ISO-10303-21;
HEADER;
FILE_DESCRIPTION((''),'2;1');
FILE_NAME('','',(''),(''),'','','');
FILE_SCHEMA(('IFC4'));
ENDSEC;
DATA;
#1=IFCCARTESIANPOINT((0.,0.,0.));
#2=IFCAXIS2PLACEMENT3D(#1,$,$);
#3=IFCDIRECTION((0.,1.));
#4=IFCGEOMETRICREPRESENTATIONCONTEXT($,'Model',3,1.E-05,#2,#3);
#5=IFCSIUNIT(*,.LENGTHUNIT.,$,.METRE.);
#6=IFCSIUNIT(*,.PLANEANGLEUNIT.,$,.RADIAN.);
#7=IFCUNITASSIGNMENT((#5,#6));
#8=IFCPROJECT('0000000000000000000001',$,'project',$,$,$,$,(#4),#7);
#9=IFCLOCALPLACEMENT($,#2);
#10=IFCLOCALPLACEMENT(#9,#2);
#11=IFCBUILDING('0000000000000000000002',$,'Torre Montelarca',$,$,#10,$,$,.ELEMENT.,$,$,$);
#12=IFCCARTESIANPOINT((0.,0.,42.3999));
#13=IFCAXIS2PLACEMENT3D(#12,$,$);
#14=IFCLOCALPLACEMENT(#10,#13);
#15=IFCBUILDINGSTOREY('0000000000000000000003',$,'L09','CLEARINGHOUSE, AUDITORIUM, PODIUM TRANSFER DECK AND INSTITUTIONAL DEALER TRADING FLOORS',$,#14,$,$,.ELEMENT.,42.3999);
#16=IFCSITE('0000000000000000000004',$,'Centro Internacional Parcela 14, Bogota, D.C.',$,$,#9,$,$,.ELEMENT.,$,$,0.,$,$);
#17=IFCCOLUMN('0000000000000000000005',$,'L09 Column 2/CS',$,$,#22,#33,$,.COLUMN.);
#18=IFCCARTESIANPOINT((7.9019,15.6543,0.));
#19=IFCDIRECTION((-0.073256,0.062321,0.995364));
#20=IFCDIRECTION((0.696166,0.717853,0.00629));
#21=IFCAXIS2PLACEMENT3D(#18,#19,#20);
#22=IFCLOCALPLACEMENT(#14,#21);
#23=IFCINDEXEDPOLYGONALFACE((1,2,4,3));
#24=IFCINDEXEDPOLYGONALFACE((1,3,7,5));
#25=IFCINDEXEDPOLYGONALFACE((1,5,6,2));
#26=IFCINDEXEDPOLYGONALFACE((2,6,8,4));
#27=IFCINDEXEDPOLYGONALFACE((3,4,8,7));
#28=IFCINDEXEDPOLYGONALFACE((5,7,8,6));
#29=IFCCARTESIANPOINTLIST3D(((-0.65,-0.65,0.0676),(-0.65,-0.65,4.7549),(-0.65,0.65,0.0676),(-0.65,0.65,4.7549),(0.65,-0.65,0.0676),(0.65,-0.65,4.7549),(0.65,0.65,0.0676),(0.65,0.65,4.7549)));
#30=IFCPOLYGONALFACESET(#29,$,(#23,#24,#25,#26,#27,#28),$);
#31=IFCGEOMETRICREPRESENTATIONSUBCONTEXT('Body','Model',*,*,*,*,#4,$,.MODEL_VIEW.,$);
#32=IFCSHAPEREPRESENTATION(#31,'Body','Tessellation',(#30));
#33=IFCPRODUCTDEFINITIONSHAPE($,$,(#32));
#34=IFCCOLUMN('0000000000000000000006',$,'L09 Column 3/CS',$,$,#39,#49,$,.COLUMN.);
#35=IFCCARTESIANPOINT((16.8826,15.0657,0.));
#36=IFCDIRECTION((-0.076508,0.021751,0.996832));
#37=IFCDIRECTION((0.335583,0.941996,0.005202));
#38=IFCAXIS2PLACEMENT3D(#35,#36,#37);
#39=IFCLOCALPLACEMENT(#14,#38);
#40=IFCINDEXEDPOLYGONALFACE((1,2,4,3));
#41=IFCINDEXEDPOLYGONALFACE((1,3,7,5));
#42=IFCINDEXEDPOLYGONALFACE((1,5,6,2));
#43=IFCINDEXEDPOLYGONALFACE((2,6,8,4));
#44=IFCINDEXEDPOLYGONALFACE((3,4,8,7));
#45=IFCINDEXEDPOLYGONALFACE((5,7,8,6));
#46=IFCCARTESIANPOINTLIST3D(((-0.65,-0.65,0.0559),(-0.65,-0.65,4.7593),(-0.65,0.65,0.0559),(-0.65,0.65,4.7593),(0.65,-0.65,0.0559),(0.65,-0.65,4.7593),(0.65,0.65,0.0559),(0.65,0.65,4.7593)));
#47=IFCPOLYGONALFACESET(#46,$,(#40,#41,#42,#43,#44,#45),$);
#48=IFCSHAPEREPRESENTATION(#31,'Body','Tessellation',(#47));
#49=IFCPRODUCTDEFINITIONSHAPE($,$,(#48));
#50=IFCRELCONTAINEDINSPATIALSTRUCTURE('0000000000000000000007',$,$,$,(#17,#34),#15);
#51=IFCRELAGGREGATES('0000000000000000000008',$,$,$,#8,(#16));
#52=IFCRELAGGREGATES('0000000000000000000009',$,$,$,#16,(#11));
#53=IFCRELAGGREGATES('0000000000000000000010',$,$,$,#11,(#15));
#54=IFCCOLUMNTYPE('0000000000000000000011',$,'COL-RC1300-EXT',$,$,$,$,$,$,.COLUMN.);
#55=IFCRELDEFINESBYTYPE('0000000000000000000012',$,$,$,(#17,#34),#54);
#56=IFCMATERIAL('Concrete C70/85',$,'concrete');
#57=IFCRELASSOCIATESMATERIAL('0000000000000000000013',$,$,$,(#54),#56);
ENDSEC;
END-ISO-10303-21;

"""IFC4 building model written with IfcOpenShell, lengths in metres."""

from ifc_helpers import new_model, si_unit, direction, frame, origin, origin_2d, place, context, subcontext, project, spatial, rectangle, extrude, clip, halfspace, material, material_profile, profile_set, type_object, element, save


model = new_model("IFC4")

# Units and contexts
model_context = context("Model", 3, precision=1e-05, world=origin(), true_north=direction((0.0, 1.0)))
body_context = subcontext(model_context, "Body", "Model", "MODEL_VIEW")
ifc_project = project(units=[si_unit("LENGTHUNIT", "METRE"), si_unit("PLANEANGLEUNIT", "RADIAN")], contexts=[model_context])

# Site, building, storey
site_placement = place(None, origin())
site = spatial("IfcSite", under=ifc_project, at=site_placement, Name="Centro Internacional Parcela 14, Bogota, D.C.", CompositionType="ELEMENT", RefElevation=0.0)
building_placement = place(site_placement, origin())
building = spatial("IfcBuilding", under=site, at=building_placement, Name="Torre Montelarca", CompositionType="ELEMENT")
storey_placement = place(building_placement, frame((0.0, 0.0, 42.3999)))
storey = spatial("IfcBuildingStorey", under=building, at=storey_placement, Name="L09", Description="CLEARINGHOUSE, AUDITORIUM, PODIUM TRANSFER DECK AND INSTITUTIONAL DEALER TRADING FLOORS", CompositionType="ELEMENT", Elevation=42.3999)

# Columns
ifc_material_1 = material(Name="Concrete C70/85", Category="concrete")
ifc_material_profile_1 = material_profile(ifc_material_1, rectangle(XDim=1.3, YDim=1.3, at=origin_2d()), Name="RC1300X1300", Category="concrete")
ifc_profile_set_1 = profile_set([ifc_material_profile_1], Name="Concrete C70/85")
column_type = type_object("IfcColumnType", Name="COL-RC1300-EXT", PredefinedType="COLUMN", material=ifc_profile_set_1)
column_1_placement = place(storey_placement, frame((7.9019, 15.6543, 0.0), z_axis=(-0.073256, 0.062321, 0.995364), x_axis=(0.696166, 0.717853, 0.00629)))
element("IfcColumn", 1, at=column_1_placement, inside=storey, type_object=column_type, Name="L09 Column 2/CS", PredefinedType="COLUMN", context=body_context, shape_type="Clipping", body=[
    clip(clip(extrude(rectangle(XDim=1.3, YDim=1.3, at=origin_2d()), origin(), (0.0, 0.0, 1.0), 4.8225), halfspace(frame((0.0, 0.0, 0.0676), z_axis=(0.0, 0.0, -1.0), x_axis=(1.0, 0.0, 0.0)), False)), halfspace(frame((0.0, 0.0, 4.7549), z_axis=(0.0, 0.0, 1.0), x_axis=(1.0, 0.0, 0.0)), False)),
])
column_2_placement = place(storey_placement, frame((16.8826, 15.0657, 0.0), z_axis=(-0.076508, 0.021751, 0.996832), x_axis=(0.335583, 0.941996, 0.005202)))
element("IfcColumn", 2, at=column_2_placement, inside=storey, type_object=column_type, Name="L09 Column 3/CS", PredefinedType="COLUMN", context=body_context, shape_type="Clipping", body=[
    clip(clip(extrude(rectangle(XDim=1.3, YDim=1.3, at=origin_2d()), origin(), (0.0, 0.0, 1.0), 4.8152), halfspace(frame((0.0, 0.0, 0.0559), z_axis=(0.0, 0.0, -1.0), x_axis=(1.0, 0.0, 0.0)), False)), halfspace(frame((0.0, 0.0, 4.7593), z_axis=(0.0, 0.0, 1.0), x_axis=(1.0, 0.0, 0.0)), False)),
])

save(model, "model.ifc")
